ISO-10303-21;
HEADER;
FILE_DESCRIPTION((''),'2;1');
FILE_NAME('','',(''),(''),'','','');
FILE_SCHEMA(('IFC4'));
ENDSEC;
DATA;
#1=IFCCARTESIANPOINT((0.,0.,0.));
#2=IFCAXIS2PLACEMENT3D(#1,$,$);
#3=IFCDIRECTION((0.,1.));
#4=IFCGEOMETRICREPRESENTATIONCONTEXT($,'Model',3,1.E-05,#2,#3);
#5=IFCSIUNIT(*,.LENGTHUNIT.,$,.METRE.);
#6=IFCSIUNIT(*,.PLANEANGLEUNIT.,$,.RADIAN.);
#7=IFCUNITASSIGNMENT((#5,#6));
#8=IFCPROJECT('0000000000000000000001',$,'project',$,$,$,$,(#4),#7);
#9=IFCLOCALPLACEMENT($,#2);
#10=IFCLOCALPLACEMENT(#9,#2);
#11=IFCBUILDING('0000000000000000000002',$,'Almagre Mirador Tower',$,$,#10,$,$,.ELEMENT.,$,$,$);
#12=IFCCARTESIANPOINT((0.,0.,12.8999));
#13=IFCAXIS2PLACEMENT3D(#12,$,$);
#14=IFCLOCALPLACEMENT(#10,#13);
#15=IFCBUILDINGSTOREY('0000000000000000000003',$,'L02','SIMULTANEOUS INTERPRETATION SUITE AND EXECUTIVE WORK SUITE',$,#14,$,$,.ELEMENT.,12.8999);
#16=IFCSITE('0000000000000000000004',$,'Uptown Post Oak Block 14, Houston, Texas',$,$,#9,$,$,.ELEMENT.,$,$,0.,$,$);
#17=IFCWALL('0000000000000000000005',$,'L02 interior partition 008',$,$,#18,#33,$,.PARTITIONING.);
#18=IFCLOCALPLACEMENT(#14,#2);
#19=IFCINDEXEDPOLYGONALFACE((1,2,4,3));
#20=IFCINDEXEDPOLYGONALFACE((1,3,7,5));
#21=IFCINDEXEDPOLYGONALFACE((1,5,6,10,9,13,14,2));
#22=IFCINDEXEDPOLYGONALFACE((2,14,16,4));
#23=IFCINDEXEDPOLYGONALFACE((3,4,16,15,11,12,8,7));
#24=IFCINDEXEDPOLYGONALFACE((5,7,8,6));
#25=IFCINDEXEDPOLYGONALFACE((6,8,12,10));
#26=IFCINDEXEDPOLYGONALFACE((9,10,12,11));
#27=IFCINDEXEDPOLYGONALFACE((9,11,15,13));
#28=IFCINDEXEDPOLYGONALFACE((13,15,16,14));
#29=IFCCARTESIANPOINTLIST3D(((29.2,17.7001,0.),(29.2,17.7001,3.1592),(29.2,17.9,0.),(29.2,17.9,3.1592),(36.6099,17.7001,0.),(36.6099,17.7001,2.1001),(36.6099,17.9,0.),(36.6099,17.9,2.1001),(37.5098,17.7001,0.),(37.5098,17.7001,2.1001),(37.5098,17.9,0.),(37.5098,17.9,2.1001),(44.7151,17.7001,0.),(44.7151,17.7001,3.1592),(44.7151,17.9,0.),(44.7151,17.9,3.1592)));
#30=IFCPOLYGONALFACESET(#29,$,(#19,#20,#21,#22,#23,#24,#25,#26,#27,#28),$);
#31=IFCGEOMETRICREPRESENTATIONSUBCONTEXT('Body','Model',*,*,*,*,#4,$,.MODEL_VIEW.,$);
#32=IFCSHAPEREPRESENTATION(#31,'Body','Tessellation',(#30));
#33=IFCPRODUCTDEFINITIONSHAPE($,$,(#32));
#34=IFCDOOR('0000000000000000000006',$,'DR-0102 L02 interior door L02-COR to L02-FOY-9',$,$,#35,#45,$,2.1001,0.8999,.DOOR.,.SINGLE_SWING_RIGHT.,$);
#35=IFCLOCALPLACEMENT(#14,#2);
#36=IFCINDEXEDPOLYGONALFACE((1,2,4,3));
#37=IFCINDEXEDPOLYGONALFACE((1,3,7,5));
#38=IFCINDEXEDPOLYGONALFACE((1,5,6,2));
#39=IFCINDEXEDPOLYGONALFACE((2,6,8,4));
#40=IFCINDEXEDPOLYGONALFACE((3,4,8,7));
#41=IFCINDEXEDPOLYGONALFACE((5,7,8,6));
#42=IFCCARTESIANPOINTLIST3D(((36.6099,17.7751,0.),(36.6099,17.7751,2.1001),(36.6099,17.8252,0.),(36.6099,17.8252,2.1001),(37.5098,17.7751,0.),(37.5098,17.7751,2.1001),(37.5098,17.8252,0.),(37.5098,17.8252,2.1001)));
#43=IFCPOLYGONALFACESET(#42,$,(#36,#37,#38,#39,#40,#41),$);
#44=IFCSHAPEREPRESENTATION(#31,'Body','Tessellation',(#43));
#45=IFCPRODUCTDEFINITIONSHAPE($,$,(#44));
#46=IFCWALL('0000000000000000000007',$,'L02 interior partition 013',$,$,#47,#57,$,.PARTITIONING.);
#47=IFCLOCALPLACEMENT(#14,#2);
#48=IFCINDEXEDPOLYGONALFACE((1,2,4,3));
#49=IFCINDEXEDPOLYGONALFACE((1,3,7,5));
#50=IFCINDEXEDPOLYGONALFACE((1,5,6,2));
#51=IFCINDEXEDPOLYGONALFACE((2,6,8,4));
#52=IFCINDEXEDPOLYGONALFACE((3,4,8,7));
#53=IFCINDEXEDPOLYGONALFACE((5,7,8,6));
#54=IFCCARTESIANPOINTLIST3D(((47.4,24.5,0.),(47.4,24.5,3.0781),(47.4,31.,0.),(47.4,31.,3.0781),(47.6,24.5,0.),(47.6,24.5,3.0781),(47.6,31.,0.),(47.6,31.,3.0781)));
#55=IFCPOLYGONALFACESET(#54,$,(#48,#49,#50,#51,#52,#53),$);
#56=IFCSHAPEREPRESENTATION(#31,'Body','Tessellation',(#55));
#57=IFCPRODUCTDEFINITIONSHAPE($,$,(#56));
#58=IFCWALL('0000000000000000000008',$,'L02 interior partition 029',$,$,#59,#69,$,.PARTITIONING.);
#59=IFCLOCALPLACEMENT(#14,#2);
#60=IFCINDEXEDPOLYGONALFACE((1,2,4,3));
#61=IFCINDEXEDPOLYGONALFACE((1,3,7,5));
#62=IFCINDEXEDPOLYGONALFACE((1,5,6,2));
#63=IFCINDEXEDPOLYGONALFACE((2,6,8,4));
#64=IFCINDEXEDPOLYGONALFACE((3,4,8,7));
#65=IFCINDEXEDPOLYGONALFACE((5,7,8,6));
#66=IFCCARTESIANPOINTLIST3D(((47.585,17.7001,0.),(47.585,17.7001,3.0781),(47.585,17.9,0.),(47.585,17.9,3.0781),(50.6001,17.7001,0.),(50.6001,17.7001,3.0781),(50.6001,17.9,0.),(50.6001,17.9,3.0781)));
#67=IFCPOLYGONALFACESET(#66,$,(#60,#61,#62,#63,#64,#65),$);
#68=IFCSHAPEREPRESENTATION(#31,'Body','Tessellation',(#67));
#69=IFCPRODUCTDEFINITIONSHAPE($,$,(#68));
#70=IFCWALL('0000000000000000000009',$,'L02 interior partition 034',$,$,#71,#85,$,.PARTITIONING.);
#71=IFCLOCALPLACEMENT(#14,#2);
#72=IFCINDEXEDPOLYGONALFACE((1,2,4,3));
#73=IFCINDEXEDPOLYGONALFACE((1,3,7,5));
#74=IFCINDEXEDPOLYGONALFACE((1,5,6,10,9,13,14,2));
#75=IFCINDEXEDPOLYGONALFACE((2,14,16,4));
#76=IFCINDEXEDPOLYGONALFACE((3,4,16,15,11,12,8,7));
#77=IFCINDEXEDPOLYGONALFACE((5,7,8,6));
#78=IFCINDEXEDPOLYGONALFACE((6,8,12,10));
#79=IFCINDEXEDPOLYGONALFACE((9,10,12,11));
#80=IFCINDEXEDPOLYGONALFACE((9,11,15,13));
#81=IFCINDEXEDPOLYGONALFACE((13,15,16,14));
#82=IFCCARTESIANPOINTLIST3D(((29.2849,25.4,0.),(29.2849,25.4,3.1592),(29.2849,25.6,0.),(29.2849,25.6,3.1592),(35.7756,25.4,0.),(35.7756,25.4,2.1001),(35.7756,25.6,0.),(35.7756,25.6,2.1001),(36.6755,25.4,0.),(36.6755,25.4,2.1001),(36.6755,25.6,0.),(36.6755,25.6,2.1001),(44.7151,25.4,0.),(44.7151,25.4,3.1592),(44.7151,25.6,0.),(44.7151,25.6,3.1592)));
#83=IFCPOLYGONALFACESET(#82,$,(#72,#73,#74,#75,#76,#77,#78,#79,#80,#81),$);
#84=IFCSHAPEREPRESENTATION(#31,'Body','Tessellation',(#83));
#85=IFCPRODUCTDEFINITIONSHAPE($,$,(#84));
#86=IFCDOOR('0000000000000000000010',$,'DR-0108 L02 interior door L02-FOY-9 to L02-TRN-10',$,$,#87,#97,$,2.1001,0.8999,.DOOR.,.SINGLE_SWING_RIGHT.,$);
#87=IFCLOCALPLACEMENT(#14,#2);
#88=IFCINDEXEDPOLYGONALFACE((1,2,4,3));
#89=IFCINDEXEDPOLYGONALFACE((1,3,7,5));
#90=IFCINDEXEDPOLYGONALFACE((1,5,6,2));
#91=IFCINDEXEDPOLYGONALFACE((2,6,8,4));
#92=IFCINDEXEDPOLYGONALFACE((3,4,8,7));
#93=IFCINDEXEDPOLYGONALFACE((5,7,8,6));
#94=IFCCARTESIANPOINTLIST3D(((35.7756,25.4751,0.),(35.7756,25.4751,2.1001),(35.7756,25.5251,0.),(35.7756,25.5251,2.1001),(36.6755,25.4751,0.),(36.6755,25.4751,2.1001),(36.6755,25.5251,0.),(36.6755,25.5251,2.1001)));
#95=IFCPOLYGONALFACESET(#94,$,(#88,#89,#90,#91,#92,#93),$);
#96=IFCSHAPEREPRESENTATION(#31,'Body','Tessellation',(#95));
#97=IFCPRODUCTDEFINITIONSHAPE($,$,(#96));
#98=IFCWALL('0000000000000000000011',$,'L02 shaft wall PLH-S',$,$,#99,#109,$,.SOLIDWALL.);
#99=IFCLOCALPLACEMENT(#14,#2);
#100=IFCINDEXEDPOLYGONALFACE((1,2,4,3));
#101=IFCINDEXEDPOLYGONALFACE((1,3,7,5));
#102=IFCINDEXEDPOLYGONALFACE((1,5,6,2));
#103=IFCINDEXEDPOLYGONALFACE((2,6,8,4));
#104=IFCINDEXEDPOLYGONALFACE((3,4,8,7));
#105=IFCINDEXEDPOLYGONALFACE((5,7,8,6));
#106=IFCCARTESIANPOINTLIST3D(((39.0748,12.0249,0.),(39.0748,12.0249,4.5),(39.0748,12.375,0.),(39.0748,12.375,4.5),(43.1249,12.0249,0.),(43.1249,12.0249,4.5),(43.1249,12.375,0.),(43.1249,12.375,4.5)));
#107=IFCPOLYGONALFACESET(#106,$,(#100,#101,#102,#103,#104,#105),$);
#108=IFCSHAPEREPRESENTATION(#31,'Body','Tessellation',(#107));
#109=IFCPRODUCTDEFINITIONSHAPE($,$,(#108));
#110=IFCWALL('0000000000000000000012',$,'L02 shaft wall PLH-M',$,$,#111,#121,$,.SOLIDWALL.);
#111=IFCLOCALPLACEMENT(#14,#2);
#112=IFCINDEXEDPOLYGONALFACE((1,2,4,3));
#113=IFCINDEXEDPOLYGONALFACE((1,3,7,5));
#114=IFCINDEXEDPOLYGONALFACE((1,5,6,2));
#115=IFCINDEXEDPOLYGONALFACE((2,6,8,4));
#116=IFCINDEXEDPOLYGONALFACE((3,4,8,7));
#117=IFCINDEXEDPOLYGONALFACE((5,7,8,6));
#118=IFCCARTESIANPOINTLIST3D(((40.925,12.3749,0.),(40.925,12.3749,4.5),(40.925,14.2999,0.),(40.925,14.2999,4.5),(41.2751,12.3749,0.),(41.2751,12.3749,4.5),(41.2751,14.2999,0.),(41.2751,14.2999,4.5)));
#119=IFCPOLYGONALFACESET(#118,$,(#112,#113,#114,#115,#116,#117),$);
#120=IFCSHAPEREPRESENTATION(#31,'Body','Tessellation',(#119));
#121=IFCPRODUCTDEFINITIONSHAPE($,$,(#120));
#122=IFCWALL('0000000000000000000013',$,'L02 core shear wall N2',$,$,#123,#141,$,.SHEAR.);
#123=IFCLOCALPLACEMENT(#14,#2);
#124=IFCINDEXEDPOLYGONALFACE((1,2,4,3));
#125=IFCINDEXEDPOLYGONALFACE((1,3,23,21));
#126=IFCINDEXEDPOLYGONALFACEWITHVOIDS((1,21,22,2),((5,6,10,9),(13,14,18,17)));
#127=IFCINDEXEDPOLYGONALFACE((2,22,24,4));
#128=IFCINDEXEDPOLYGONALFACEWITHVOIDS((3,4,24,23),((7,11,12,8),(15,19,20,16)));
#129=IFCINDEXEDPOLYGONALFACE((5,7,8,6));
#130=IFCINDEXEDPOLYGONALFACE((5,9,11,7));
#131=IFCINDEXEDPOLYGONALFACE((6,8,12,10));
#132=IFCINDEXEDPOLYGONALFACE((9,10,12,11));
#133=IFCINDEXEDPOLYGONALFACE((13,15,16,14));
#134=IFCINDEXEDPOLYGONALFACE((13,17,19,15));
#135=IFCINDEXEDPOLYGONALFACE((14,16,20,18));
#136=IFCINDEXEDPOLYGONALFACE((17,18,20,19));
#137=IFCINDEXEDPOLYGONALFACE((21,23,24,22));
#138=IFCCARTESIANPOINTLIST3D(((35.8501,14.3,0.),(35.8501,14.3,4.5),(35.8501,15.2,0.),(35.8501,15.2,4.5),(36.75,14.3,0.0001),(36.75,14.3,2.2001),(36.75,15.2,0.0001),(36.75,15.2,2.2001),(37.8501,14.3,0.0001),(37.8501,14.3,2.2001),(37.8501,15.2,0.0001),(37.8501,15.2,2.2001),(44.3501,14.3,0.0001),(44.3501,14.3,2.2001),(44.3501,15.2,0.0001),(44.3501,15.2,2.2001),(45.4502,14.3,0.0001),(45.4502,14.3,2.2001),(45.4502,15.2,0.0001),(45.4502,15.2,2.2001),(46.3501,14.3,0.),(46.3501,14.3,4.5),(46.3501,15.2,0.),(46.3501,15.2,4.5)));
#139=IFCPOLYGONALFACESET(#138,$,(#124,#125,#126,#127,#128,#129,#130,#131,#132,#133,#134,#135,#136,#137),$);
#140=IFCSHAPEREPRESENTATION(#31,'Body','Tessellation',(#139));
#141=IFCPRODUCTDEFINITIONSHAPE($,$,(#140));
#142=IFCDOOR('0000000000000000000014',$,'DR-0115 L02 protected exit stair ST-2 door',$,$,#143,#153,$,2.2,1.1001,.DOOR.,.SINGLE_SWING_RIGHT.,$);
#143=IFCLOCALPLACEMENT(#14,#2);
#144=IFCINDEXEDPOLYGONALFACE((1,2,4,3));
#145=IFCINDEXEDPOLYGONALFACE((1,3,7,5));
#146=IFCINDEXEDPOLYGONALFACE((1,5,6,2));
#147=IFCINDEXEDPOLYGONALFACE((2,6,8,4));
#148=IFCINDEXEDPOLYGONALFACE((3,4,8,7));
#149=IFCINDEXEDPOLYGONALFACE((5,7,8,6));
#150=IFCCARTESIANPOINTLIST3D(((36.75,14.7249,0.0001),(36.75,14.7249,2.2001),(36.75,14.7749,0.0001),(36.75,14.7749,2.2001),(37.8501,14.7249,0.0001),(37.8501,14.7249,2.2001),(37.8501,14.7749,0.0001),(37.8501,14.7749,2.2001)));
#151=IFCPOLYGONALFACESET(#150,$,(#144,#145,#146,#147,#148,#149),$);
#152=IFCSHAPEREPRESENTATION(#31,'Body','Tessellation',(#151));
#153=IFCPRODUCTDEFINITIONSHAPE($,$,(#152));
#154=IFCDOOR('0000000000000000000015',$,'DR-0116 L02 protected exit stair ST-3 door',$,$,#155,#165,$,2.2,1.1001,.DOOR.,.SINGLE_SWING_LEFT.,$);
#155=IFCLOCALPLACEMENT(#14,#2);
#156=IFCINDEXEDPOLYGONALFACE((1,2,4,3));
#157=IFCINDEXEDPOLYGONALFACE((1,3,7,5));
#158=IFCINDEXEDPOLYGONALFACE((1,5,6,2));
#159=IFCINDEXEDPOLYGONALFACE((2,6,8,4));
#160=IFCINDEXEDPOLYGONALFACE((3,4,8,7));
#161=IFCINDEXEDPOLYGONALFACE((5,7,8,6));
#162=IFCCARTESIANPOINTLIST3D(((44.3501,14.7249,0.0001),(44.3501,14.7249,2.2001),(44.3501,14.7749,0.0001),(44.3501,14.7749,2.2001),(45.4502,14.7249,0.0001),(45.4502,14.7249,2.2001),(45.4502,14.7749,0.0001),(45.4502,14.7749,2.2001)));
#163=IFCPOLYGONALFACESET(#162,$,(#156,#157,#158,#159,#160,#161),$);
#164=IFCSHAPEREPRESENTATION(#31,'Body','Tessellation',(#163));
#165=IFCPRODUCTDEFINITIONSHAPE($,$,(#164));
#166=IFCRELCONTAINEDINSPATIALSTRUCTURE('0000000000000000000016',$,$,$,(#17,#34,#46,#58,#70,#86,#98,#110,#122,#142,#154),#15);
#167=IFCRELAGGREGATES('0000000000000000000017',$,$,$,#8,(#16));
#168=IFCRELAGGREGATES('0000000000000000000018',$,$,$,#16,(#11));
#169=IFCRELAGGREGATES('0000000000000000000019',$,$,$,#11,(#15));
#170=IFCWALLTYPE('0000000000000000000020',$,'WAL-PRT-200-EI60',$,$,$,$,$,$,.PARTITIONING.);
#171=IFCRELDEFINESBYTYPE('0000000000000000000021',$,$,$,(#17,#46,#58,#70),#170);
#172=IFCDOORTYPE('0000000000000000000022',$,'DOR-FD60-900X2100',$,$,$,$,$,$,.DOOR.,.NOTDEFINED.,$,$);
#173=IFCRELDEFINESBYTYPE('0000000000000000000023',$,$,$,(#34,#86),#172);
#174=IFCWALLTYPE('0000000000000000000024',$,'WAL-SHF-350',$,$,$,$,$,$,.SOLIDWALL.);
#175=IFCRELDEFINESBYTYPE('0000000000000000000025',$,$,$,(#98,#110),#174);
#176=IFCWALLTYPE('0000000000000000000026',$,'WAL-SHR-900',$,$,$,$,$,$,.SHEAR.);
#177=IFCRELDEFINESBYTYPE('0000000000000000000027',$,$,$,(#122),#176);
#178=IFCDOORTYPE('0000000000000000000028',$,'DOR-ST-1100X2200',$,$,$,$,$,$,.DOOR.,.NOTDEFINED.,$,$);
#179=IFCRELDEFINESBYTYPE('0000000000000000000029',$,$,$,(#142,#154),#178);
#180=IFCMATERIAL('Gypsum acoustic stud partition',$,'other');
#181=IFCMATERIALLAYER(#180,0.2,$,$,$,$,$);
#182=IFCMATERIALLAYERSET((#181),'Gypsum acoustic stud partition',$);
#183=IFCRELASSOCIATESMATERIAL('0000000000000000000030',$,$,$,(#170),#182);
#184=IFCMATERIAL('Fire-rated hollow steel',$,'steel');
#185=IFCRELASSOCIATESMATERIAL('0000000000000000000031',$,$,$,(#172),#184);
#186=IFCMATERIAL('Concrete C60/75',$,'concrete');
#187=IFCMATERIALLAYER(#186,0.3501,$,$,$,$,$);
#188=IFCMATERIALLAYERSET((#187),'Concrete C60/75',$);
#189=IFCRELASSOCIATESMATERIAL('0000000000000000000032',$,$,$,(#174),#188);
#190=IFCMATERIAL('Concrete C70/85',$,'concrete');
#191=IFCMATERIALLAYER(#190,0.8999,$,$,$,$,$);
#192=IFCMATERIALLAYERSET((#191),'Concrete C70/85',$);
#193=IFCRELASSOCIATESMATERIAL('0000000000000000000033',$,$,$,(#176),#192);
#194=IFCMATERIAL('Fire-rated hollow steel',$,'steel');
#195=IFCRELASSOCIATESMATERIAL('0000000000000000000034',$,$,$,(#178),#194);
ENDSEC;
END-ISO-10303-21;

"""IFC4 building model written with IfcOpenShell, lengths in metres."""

from ifc_helpers import new_model, si_unit, direction, frame, frame_2d, origin, place, context, subcontext, project, spatial, rectangle, extrude, material, layer, layer_set, type_object, element, fill, save


model = new_model("IFC4")

# Units and contexts
model_context = context("Model", 3, precision=1e-05, world=origin(), true_north=direction((0.0, 1.0)))
body_context = subcontext(model_context, "Body", "Model", "MODEL_VIEW")
ifc_project = project(units=[si_unit("LENGTHUNIT", "METRE"), si_unit("PLANEANGLEUNIT", "RADIAN")], contexts=[model_context])

# Site, building, storey
site_placement = place(None, origin())
site = spatial("IfcSite", under=ifc_project, at=site_placement, Name="Uptown Post Oak Block 14, Houston, Texas", CompositionType="ELEMENT", RefElevation=0.0)
building_placement = place(site_placement, origin())
building = spatial("IfcBuilding", under=site, at=building_placement, Name="Almagre Mirador Tower", CompositionType="ELEMENT")
storey_placement = place(building_placement, frame((0.0, 0.0, 12.8999)))
storey = spatial("IfcBuildingStorey", under=building, at=storey_placement, Name="L02", Description="SIMULTANEOUS INTERPRETATION SUITE AND EXECUTIVE WORK SUITE", CompositionType="ELEMENT", Elevation=12.8999)

# Wall, opening, door
ifc_material_1 = material(Name="Gypsum acoustic stud partition", Category="other")
ifc_layer_1 = layer(ifc_material_1, 0.2)
ifc_layer_set_1 = layer_set([ifc_layer_1], Name="Gypsum acoustic stud partition")
wall_type_1 = type_object("IfcWallType", Name="WAL-PRT-200-EI60", PredefinedType="PARTITIONING", material=ifc_layer_set_1)
wall_1_placement = place(storey_placement, frame((44.7151, 17.8, 0.0), z_axis=(0.0, 0.0, 1.0), x_axis=(-1.0, 0.0, 0.0)))
wall_1 = element("IfcWall", 1, at=wall_1_placement, inside=storey, type_object=wall_type_1, Name="L02 interior partition 008", PredefinedType="PARTITIONING", context=body_context, shape_type="SweptSolid", body=[
    extrude(rectangle(XDim=15.5151, YDim=0.2, at=frame_2d((7.7576, 0.0))), origin(), (0.0, 0.0, 1.0), 3.1592),
])
opening_1_placement = place(wall_1_placement, frame((7.2053, 0.0, 0.0)))
opening_1 = element("IfcOpeningElement", 2, at=opening_1_placement, cuts=wall_1, PredefinedType="OPENING", context=body_context, shape_type="SweptSolid", body=[
    extrude(rectangle(XDim=0.8999, YDim=2.1001, at=frame_2d((0.45, 1.05))), frame((0.0, 0.1101, 0.0), z_axis=(0.0, -1.0, 0.0), x_axis=(1.0, 0.0, 0.0)), (0.0, 0.0, 1.0), 0.22),
])
ifc_material_2 = material(Name="Fire-rated hollow steel", Category="steel")
door_type_1 = type_object("IfcDoorType", Name="DOR-FD60-900X2100", OperationType="NOTDEFINED", PredefinedType="DOOR", material=ifc_material_2)
door_1_placement = place(opening_1_placement, origin())
door_1 = element("IfcDoor", 3, at=door_1_placement, inside=storey, type_object=door_type_1, Name="DR-0102 L02 interior door L02-COR to L02-FOY-9", OperationType="SINGLE_SWING_RIGHT", OverallHeight=2.1001, OverallWidth=0.8999, PredefinedType="DOOR", context=body_context, shape_type="SweptSolid", body=[
    extrude(rectangle(XDim=0.8999, YDim=2.1001, at=frame_2d((0.45, 1.05))), frame((0.0, 0.0249, 0.0), z_axis=(0.0, -1.0, 0.0), x_axis=(1.0, 0.0, 0.0)), (0.0, 0.0, 1.0), 0.05),
])
fill(opening_1, door_1)

# Walls
wall_2_placement = place(storey_placement, frame((47.5, 24.5, 0.0), z_axis=(0.0, 0.0, 1.0), x_axis=(0.0, 1.0, 0.0)))
element("IfcWall", 4, at=wall_2_placement, inside=storey, type_object=wall_type_1, Name="L02 interior partition 013", PredefinedType="PARTITIONING", context=body_context, shape_type="SweptSolid", body=[
    extrude(rectangle(XDim=6.5, YDim=0.2, at=frame_2d((3.25, 0.0))), origin(), (0.0, 0.0, 1.0), 3.0781),
])
wall_3_placement = place(storey_placement, frame((47.585, 17.8, 0.0), z_axis=(0.0, 0.0, 1.0), x_axis=(1.0, 0.0, 0.0)))
element("IfcWall", 5, at=wall_3_placement, inside=storey, type_object=wall_type_1, Name="L02 interior partition 029", PredefinedType="PARTITIONING", context=body_context, shape_type="SweptSolid", body=[
    extrude(rectangle(XDim=3.0151, YDim=0.2, at=frame_2d((1.5076, 0.0))), origin(), (0.0, 0.0, 1.0), 3.0781),
])

# Wall, opening, door
wall_4_placement = place(storey_placement, frame((44.7151, 25.5, 0.0), z_axis=(0.0, 0.0, 1.0), x_axis=(-1.0, 0.0, 0.0)))
wall_4 = element("IfcWall", 6, at=wall_4_placement, inside=storey, type_object=wall_type_1, Name="L02 interior partition 034", PredefinedType="PARTITIONING", context=body_context, shape_type="SweptSolid", body=[
    extrude(rectangle(XDim=15.4302, YDim=0.2, at=frame_2d((7.7151, 0.0))), origin(), (0.0, 0.0, 1.0), 3.1592),
])
opening_2_placement = place(wall_4_placement, frame((8.0396, 0.0, 0.0)))
opening_2 = element("IfcOpeningElement", 7, at=opening_2_placement, cuts=wall_4, PredefinedType="OPENING", context=body_context, shape_type="SweptSolid", body=[
    extrude(rectangle(XDim=0.8999, YDim=2.1001, at=frame_2d((0.45, 1.05))), frame((0.0, 0.1101, 0.0), z_axis=(0.0, -1.0, 0.0), x_axis=(1.0, 0.0, 0.0)), (0.0, 0.0, 1.0), 0.22),
])
door_2_placement = place(opening_2_placement, origin())
door_2 = element("IfcDoor", 8, at=door_2_placement, inside=storey, type_object=door_type_1, Name="DR-0108 L02 interior door L02-FOY-9 to L02-TRN-10", OperationType="SINGLE_SWING_RIGHT", OverallHeight=2.1001, OverallWidth=0.8999, PredefinedType="DOOR", context=body_context, shape_type="SweptSolid", body=[
    extrude(rectangle(XDim=0.8999, YDim=2.1001, at=frame_2d((0.45, 1.05))), frame((0.0, 0.0249, 0.0), z_axis=(0.0, -1.0, 0.0), x_axis=(1.0, 0.0, 0.0)), (0.0, 0.0, 1.0), 0.05),
])
fill(opening_2, door_2)

# Walls
ifc_material_3 = material(Name="Concrete C60/75", Category="concrete")
ifc_layer_2 = layer(ifc_material_3, 0.3501)
ifc_layer_set_2 = layer_set([ifc_layer_2], Name="Concrete C60/75")
wall_type_2 = type_object("IfcWallType", Name="WAL-SHF-350", PredefinedType="SOLIDWALL", material=ifc_layer_set_2)
wall_5_placement = place(storey_placement, frame((39.075, 12.2, 0.0), z_axis=(0.0, 0.0, 1.0), x_axis=(1.0, 0.0, 0.0)))
element("IfcWall", 9, at=wall_5_placement, inside=storey, type_object=wall_type_2, Name="L02 shaft wall PLH-S", PredefinedType="SOLIDWALL", context=body_context, shape_type="SweptSolid", body=[
    extrude(rectangle(XDim=4.05, YDim=0.3501, at=frame_2d((2.0249, 0.0))), origin(), (0.0, 0.0, 1.0), 4.5),
])
wall_6_placement = place(storey_placement, frame((41.1001, 12.375, 0.0), z_axis=(0.0, 0.0, 1.0), x_axis=(0.0, 1.0, 0.0)))
element("IfcWall", 10, at=wall_6_placement, inside=storey, type_object=wall_type_2, Name="L02 shaft wall PLH-M", PredefinedType="SOLIDWALL", context=body_context, shape_type="SweptSolid", body=[
    extrude(rectangle(XDim=1.925, YDim=0.3501, at=frame_2d((0.9624, 0.0))), origin(), (0.0, 0.0, 1.0), 4.5),
])

# Wall, openings, doors
ifc_material_4 = material(Name="Concrete C70/85", Category="concrete")
ifc_layer_3 = layer(ifc_material_4, 0.8999)
ifc_layer_set_3 = layer_set([ifc_layer_3], Name="Concrete C70/85")
wall_type_3 = type_object("IfcWallType", Name="WAL-SHR-900", PredefinedType="SHEAR", material=ifc_layer_set_3)
wall_7_placement = place(storey_placement, frame((35.8501, 14.75, 0.0), z_axis=(0.0, 0.0, 1.0), x_axis=(1.0, 0.0, 0.0)))
wall_7 = element("IfcWall", 11, at=wall_7_placement, inside=storey, type_object=wall_type_3, Name="L02 core shear wall N2", PredefinedType="SHEAR", context=body_context, shape_type="SweptSolid", body=[
    extrude(rectangle(XDim=10.5, YDim=0.8999, at=frame_2d((5.25, 0.0))), origin(), (0.0, 0.0, 1.0), 4.5),
])
opening_3_placement = place(wall_7_placement, frame((0.8999, 0.0, 0.0)))
opening_3 = element("IfcOpeningElement", 12, at=opening_3_placement, cuts=wall_7, PredefinedType="OPENING", context=body_context, shape_type="SweptSolid", body=[
    extrude(rectangle(XDim=1.1001, YDim=2.2, at=frame_2d((0.55, 1.1001))), frame((0.0, 0.46, 0.0), z_axis=(0.0, -1.0, 0.0), x_axis=(1.0, 0.0, 0.0)), (0.0, 0.0, 1.0), 0.9199),
])
opening_4_placement = place(wall_7_placement, frame((8.5, 0.0, 0.0)))
opening_4 = element("IfcOpeningElement", 13, at=opening_4_placement, cuts=wall_7, PredefinedType="OPENING", context=body_context, shape_type="SweptSolid", body=[
    extrude(rectangle(XDim=1.1001, YDim=2.2, at=frame_2d((0.55, 1.1001))), frame((0.0, 0.46, 0.0), z_axis=(0.0, -1.0, 0.0), x_axis=(1.0, 0.0, 0.0)), (0.0, 0.0, 1.0), 0.9199),
])
ifc_material_5 = material(Name="Fire-rated hollow steel", Category="steel")
door_type_2 = type_object("IfcDoorType", Name="DOR-ST-1100X2200", OperationType="NOTDEFINED", PredefinedType="DOOR", material=ifc_material_5)
door_3_placement = place(opening_3_placement, origin())
door_3 = element("IfcDoor", 14, at=door_3_placement, inside=storey, type_object=door_type_2, Name="DR-0115 L02 protected exit stair ST-2 door", OperationType="SINGLE_SWING_RIGHT", OverallHeight=2.2, OverallWidth=1.1001, PredefinedType="DOOR", context=body_context, shape_type="SweptSolid", body=[
    extrude(rectangle(XDim=1.1001, YDim=2.2, at=frame_2d((0.55, 1.1001))), frame((0.0, 0.0249, 0.0), z_axis=(0.0, -1.0, 0.0), x_axis=(1.0, 0.0, 0.0)), (0.0, 0.0, 1.0), 0.05),
])
fill(opening_3, door_3)
door_4_placement = place(opening_4_placement, origin())
door_4 = element("IfcDoor", 15, at=door_4_placement, inside=storey, type_object=door_type_2, Name="DR-0116 L02 protected exit stair ST-3 door", OperationType="SINGLE_SWING_LEFT", OverallHeight=2.2, OverallWidth=1.1001, PredefinedType="DOOR", context=body_context, shape_type="SweptSolid", body=[
    extrude(rectangle(XDim=1.1001, YDim=2.2, at=frame_2d((0.55, 1.1001))), frame((0.0, 0.0249, 0.0), z_axis=(0.0, -1.0, 0.0), x_axis=(1.0, 0.0, 0.0)), (0.0, 0.0, 1.0), 0.05),
])
fill(opening_4, door_4)

save(model, "model.ifc")
